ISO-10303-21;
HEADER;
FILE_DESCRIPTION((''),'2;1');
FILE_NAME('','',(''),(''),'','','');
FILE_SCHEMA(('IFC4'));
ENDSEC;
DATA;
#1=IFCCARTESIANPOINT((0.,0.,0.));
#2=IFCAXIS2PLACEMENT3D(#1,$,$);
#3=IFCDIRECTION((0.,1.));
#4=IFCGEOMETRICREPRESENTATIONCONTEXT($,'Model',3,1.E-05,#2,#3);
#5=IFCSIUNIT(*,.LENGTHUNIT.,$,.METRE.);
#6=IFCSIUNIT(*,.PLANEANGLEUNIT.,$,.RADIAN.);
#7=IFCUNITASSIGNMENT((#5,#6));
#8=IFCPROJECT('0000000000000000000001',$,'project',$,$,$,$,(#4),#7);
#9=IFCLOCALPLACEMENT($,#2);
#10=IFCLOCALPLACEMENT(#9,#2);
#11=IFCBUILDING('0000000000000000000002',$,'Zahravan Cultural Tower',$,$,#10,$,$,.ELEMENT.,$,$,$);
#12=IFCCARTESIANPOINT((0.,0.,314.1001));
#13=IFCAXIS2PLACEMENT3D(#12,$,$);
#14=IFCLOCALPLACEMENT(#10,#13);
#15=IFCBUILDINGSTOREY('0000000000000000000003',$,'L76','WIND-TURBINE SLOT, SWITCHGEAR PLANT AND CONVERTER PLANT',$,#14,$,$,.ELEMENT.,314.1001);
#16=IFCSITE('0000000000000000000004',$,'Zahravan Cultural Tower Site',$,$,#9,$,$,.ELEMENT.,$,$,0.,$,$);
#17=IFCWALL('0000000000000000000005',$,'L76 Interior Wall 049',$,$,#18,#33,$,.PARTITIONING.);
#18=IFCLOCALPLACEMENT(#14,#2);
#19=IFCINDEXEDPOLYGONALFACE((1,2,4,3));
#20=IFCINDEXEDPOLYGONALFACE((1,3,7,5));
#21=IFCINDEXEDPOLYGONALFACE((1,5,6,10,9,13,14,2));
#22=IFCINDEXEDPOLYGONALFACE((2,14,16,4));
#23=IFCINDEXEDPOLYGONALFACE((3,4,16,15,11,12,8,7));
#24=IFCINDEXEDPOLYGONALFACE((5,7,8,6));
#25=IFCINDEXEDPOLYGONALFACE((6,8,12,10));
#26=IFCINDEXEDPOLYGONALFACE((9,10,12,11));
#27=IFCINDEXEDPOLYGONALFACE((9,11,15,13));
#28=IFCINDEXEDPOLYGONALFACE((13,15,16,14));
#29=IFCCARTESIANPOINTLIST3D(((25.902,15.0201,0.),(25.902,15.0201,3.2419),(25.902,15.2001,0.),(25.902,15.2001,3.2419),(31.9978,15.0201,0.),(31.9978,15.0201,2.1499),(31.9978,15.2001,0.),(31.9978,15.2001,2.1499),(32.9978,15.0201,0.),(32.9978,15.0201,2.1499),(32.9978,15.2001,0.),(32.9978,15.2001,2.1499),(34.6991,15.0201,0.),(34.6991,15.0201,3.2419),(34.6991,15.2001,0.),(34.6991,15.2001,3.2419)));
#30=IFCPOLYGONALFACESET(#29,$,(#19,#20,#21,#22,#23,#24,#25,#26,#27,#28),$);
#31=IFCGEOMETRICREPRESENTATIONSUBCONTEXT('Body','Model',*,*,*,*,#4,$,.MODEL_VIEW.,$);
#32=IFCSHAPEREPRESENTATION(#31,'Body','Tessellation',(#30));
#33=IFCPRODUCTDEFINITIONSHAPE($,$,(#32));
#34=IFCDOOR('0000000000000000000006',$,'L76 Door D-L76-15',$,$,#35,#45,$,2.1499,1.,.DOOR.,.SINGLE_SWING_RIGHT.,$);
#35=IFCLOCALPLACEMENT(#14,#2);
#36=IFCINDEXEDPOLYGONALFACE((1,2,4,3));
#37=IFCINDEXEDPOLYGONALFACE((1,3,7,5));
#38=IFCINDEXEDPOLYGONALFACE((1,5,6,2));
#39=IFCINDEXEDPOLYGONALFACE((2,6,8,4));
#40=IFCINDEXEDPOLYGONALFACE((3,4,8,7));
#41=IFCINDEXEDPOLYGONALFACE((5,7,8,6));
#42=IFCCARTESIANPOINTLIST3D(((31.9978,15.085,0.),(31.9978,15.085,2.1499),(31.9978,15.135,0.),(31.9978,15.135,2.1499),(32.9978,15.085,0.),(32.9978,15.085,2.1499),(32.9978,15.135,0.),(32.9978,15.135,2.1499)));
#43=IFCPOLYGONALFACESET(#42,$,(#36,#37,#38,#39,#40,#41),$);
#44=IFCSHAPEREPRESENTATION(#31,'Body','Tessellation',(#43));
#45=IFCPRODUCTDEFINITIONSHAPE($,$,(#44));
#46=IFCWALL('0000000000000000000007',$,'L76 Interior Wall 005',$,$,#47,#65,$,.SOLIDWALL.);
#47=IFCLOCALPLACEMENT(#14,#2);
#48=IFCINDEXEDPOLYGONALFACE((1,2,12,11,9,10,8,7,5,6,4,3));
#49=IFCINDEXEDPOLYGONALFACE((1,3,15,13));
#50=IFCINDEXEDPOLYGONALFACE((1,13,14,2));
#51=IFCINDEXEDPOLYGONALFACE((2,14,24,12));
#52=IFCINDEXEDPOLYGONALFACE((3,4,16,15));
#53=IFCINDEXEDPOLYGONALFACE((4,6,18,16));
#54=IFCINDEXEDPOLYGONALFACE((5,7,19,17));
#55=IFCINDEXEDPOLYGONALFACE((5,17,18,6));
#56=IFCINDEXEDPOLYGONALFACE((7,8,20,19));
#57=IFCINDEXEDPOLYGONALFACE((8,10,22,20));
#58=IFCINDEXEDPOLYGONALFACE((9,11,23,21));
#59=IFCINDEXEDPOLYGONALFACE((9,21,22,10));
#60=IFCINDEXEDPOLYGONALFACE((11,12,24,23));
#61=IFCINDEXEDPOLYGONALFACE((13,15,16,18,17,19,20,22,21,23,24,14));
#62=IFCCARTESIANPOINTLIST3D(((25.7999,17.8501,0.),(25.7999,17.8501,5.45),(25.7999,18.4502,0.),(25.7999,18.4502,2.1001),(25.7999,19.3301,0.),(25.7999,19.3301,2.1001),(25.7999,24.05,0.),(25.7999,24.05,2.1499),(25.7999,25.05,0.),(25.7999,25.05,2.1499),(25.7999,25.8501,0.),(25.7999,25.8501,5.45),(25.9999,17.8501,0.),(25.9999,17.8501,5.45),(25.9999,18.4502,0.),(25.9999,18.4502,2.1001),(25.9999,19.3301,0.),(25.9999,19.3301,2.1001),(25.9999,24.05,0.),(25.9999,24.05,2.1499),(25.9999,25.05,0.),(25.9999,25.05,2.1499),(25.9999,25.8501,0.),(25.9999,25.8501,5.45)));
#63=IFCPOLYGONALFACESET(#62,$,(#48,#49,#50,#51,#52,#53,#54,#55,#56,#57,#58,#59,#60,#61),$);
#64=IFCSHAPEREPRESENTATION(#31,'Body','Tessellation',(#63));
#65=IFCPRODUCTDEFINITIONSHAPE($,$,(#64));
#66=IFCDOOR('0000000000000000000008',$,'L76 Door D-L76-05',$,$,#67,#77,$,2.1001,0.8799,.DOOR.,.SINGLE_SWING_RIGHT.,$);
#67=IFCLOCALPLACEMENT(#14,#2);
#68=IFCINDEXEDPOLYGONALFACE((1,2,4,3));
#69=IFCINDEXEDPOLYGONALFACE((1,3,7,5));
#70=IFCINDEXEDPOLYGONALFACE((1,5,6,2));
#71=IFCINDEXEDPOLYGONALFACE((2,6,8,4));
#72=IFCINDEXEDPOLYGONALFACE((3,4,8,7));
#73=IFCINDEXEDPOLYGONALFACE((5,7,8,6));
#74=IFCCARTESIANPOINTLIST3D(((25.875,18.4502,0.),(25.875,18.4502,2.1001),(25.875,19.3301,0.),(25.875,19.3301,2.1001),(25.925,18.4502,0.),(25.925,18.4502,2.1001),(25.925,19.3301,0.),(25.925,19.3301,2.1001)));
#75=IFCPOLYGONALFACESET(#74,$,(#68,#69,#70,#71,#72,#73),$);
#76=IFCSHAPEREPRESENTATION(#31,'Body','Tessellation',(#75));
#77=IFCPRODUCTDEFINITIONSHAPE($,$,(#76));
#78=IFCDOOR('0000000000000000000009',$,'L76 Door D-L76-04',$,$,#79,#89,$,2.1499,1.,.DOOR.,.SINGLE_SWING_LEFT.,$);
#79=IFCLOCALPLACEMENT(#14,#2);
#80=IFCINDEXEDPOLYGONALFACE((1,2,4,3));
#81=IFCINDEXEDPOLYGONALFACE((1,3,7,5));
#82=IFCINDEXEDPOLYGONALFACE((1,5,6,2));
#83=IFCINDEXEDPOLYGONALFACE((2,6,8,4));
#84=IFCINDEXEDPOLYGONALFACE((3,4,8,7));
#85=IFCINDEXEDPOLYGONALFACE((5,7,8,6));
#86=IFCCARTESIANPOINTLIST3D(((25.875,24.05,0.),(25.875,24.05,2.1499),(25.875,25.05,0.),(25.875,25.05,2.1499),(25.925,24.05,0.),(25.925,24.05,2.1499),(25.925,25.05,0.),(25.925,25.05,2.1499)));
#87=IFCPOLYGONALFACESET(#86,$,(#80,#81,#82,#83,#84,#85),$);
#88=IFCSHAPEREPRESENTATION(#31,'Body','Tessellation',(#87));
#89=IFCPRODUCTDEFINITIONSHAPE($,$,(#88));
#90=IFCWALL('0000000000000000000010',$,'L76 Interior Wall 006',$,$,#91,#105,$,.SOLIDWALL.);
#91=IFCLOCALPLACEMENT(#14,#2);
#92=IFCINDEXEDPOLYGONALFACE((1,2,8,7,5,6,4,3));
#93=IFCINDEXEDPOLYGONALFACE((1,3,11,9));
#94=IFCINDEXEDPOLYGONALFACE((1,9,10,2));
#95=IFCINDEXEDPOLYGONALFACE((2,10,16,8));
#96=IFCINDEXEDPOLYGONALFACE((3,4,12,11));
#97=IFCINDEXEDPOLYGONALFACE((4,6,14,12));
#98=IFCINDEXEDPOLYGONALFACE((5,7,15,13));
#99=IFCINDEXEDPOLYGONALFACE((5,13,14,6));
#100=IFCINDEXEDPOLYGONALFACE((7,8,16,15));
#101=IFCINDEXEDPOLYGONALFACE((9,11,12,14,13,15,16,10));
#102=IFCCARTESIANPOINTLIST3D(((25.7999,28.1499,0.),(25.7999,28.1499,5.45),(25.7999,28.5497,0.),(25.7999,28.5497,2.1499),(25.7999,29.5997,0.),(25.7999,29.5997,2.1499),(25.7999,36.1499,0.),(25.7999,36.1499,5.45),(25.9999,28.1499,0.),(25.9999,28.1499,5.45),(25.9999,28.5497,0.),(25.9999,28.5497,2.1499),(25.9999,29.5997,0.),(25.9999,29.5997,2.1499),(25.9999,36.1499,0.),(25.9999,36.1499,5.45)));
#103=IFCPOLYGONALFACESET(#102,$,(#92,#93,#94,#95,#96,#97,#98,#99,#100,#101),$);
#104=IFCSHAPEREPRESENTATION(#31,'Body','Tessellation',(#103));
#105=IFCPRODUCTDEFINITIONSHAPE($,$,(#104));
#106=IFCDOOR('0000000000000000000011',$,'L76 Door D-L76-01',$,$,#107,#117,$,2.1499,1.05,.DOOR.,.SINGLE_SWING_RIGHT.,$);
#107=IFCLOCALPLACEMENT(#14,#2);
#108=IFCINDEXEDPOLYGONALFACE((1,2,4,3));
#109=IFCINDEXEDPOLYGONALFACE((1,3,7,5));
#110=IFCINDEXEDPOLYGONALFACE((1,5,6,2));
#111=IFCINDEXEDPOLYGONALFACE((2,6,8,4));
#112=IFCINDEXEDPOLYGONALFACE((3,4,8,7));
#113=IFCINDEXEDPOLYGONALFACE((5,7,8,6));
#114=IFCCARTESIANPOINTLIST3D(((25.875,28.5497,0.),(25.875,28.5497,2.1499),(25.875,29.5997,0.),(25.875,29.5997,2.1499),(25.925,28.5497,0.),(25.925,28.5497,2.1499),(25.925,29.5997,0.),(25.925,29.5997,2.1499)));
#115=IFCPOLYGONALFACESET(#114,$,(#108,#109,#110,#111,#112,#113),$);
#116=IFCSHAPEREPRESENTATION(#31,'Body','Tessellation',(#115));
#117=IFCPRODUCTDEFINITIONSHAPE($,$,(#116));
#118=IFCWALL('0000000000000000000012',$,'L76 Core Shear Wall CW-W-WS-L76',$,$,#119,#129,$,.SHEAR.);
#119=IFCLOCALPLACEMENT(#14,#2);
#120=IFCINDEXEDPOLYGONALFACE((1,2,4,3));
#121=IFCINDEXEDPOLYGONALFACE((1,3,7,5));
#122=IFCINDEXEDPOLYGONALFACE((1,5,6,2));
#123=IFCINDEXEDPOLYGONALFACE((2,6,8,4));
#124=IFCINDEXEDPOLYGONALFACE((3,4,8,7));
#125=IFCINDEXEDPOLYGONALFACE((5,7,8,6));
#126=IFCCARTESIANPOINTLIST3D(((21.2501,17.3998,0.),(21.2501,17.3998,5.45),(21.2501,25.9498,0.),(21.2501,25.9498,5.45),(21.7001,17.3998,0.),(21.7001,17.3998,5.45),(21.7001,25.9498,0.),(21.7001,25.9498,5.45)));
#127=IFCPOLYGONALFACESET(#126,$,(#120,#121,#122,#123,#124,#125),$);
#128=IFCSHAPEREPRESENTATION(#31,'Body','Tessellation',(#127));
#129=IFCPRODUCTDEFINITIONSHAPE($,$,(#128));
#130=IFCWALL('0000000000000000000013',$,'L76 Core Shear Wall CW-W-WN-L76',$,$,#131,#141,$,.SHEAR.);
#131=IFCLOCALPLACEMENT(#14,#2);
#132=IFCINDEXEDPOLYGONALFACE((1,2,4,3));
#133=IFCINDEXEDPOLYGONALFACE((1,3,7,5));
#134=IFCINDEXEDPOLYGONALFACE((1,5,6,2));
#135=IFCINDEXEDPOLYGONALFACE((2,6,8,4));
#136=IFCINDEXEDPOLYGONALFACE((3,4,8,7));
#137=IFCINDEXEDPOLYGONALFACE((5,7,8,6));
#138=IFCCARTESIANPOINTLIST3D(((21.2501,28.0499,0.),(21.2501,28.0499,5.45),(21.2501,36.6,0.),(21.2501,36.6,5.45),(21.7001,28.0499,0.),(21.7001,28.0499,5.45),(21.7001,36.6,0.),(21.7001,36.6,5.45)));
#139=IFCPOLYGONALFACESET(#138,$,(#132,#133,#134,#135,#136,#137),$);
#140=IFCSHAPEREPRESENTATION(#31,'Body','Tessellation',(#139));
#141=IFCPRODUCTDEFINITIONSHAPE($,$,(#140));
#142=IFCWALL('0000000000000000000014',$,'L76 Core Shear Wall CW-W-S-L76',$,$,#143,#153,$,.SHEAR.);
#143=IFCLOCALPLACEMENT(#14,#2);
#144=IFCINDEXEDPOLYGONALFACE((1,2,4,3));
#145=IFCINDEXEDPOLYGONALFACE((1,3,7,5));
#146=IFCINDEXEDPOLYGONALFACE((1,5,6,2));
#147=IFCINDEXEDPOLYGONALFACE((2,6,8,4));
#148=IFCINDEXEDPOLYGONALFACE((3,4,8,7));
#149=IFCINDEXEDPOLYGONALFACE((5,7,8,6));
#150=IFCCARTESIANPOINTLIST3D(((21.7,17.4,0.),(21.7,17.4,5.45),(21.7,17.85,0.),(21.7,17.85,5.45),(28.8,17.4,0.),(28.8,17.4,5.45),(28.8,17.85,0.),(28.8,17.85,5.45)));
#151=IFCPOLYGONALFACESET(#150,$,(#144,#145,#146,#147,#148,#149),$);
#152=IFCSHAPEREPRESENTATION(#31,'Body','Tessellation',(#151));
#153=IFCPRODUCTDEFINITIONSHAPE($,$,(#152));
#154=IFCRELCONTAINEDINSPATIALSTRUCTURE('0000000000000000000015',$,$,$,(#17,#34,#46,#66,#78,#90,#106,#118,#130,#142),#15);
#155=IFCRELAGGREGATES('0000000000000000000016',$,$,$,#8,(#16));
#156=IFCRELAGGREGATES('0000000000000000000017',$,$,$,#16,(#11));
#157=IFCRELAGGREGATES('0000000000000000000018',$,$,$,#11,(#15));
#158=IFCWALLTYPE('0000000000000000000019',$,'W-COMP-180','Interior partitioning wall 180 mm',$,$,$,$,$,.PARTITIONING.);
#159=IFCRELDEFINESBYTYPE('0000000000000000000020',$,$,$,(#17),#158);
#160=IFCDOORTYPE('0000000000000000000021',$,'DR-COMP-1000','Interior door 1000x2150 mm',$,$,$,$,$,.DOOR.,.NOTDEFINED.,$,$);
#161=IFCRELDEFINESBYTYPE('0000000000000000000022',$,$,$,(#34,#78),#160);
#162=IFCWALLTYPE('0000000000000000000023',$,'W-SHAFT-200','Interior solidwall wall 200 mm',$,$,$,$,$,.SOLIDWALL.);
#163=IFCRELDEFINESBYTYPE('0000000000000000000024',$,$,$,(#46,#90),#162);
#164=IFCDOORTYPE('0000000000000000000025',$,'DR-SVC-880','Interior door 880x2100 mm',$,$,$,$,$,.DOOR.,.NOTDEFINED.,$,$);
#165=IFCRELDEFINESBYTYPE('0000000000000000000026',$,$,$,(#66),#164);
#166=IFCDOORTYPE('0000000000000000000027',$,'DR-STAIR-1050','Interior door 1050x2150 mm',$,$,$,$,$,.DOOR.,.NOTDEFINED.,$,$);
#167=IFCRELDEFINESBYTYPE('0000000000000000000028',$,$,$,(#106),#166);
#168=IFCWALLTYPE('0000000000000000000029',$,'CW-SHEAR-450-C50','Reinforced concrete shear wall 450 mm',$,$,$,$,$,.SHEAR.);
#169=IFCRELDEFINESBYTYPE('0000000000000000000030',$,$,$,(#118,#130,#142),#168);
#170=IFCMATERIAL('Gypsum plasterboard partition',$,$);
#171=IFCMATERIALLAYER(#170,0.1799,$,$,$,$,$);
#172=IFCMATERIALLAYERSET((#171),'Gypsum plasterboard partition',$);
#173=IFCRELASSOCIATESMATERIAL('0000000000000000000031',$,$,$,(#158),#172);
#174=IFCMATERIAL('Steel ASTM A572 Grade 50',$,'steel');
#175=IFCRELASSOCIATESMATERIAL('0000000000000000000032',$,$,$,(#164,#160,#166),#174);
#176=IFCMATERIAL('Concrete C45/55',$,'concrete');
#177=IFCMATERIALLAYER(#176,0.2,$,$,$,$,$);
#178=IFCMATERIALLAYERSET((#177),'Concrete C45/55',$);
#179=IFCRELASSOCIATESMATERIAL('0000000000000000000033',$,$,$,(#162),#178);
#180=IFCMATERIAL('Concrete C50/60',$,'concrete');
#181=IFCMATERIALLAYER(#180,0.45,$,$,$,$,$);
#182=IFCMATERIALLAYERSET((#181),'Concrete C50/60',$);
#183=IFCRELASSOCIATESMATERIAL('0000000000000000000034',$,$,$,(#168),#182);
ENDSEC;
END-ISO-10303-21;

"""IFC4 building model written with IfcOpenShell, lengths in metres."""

from ifc_helpers import new_model, si_unit, direction, frame, frame_2d, origin, place, context, subcontext, project, spatial, rectangle, extrude, source, transform, mapped, material, layer, layer_set, type_object, element, fill, save


model = new_model("IFC4")

# Units and contexts
model_context = context("Model", 3, precision=1e-05, world=origin(), true_north=direction((0.0, 1.0)))
body_context = subcontext(model_context, "Body", "Model", "MODEL_VIEW")
ifc_project = project(units=[si_unit("LENGTHUNIT", "METRE"), si_unit("PLANEANGLEUNIT", "RADIAN")], contexts=[model_context])

# Site, building, storey
site_placement = place(None, origin())
site = spatial("IfcSite", under=ifc_project, at=site_placement, Name="Zahravan Cultural Tower Site", CompositionType="ELEMENT", RefElevation=0.0)
building_placement = place(site_placement, origin())
building = spatial("IfcBuilding", under=site, at=building_placement, Name="Zahravan Cultural Tower", CompositionType="ELEMENT")
storey_placement = place(building_placement, frame((0.0, 0.0, 314.1001)))
storey = spatial("IfcBuildingStorey", under=building, at=storey_placement, Name="L76", Description="WIND-TURBINE SLOT, SWITCHGEAR PLANT AND CONVERTER PLANT", CompositionType="ELEMENT", Elevation=314.1001)

# Shared definitions
ifc_material_1 = material(Name="Concrete C50/60", Category="concrete")

# Shared definitions
ifc_material_2 = material(Name="Steel ASTM A572 Grade 50", Category="steel")

# Shared definitions
ifc_material_3 = material(Name="Concrete C45/55", Category="concrete")

# Wall, opening, door
ifc_material_4 = material(Name="Gypsum plasterboard partition")
ifc_layer_1 = layer(ifc_material_4, 0.1799)
ifc_layer_set_1 = layer_set([ifc_layer_1], Name="Gypsum plasterboard partition")
wall_type_1 = type_object("IfcWallType", Name="W-COMP-180", Description="Interior partitioning wall 180 mm", PredefinedType="PARTITIONING", material=ifc_layer_set_1)
door_type_1 = type_object("IfcDoorType", Name="DR-SVC-880", Description="Interior door 880x2100 mm", OperationType="NOTDEFINED", PredefinedType="DOOR", material=ifc_material_2)
shared_shape_1 = source(origin(), body_context, "Body", "SweptSolid", [
    extrude(rectangle(XDim=0.8799, YDim=2.1001, at=frame_2d((0.4399, 1.05))), frame((0.0, 0.0249, 0.0), z_axis=(0.0, -1.0, 0.0), x_axis=(1.0, 0.0, 0.0)), (0.0, 0.0, 1.0), 0.05),
])
wall_1_placement = place(storey_placement, frame((25.9021, 15.1101, 0.0), z_axis=(0.0, 0.0, 1.0), x_axis=(1.0, 0.0, 0.0)))
wall_1 = element("IfcWall", 1, at=wall_1_placement, inside=storey, type_object=wall_type_1, Name="L76 Interior Wall 049", PredefinedType="PARTITIONING", context=body_context, shape_type="SweptSolid", body=[
    extrude(rectangle(XDim=8.7971, YDim=0.1799, at=frame_2d((4.3984, 0.0))), origin(), (0.0, 0.0, 1.0), 3.2419),
])
opening_1_placement = place(wall_1_placement, frame((6.0957, 0.0, 0.0)))
opening_1 = element("IfcOpeningElement", 2, at=opening_1_placement, cuts=wall_1, PredefinedType="OPENING", context=body_context, shape_type="SweptSolid", body=[
    extrude(rectangle(XDim=1.0, YDim=2.1499, at=frame_2d((0.5, 1.075))), frame((0.0, 0.0999, 0.0), z_axis=(0.0, -1.0, 0.0), x_axis=(1.0, 0.0, 0.0)), (0.0, 0.0, 1.0), 0.2),
])
door_type_2 = type_object("IfcDoorType", Name="DR-COMP-1000", Description="Interior door 1000x2150 mm", OperationType="NOTDEFINED", PredefinedType="DOOR", material=ifc_material_2)
shared_shape_2 = source(origin(), body_context, "Body", "SweptSolid", [
    extrude(rectangle(XDim=1.0, YDim=2.1499, at=frame_2d((0.5, 1.075))), frame((0.0, 0.0249, 0.0), z_axis=(0.0, -1.0, 0.0), x_axis=(1.0, 0.0, 0.0)), (0.0, 0.0, 1.0), 0.05),
])
door_1_placement = place(opening_1_placement, origin())
door_1 = element("IfcDoor", 3, at=door_1_placement, inside=storey, type_object=door_type_2, Name="L76 Door D-L76-15", OperationType="SINGLE_SWING_RIGHT", OverallHeight=2.1499, OverallWidth=1.0, PredefinedType="DOOR", context=body_context, shape_type="MappedRepresentation", body=[
    mapped(shared_shape_2, transform((0.0, 0.0, 0.0), x_axis=(1.0, 0.0, 0.0), y_axis=(0.0, 1.0, 0.0), z_axis=(0.0, 0.0, 1.0), scale=1.0)),
])
fill(opening_1, door_1)

# Wall, openings, doors
ifc_layer_2 = layer(ifc_material_3, 0.2)
ifc_layer_set_2 = layer_set([ifc_layer_2], Name="Concrete C45/55")
wall_type_2 = type_object("IfcWallType", Name="W-SHAFT-200", Description="Interior solidwall wall 200 mm", PredefinedType="SOLIDWALL", material=ifc_layer_set_2)
wall_2_placement = place(storey_placement, frame((25.8999, 17.8501, 0.0), z_axis=(0.0, 0.0, 1.0), x_axis=(0.0, 1.0, 0.0)))
wall_2 = element("IfcWall", 4, at=wall_2_placement, inside=storey, type_object=wall_type_2, Name="L76 Interior Wall 005", PredefinedType="SOLIDWALL", context=body_context, shape_type="SweptSolid", body=[
    extrude(rectangle(XDim=8.0, YDim=0.2, at=frame_2d((4.0, 0.0))), origin(), (0.0, 0.0, 1.0), 5.45),
])
opening_2_placement = place(wall_2_placement, frame((6.2, 0.0, 0.0)))
opening_2 = element("IfcOpeningElement", 5, at=opening_2_placement, cuts=wall_2, PredefinedType="OPENING", context=body_context, shape_type="SweptSolid", body=[
    extrude(rectangle(XDim=1.0, YDim=2.1499, at=frame_2d((0.5, 1.075))), frame((0.0, 0.1099, 0.0), z_axis=(0.0, -1.0, 0.0), x_axis=(1.0, 0.0, 0.0)), (0.0, 0.0, 1.0), 0.22),
])
opening_3_placement = place(wall_2_placement, frame((0.6001, 0.0, 0.0)))
opening_3 = element("IfcOpeningElement", 6, at=opening_3_placement, cuts=wall_2, PredefinedType="OPENING", context=body_context, shape_type="SweptSolid", body=[
    extrude(rectangle(XDim=0.8799, YDim=2.1001, at=frame_2d((0.4399, 1.05))), frame((0.0, 0.1099, 0.0), z_axis=(0.0, -1.0, 0.0), x_axis=(1.0, 0.0, 0.0)), (0.0, 0.0, 1.0), 0.22),
])
door_2_placement = place(opening_3_placement, origin())
door_2 = element("IfcDoor", 7, at=door_2_placement, inside=storey, type_object=door_type_1, Name="L76 Door D-L76-05", OperationType="SINGLE_SWING_RIGHT", OverallHeight=2.1001, OverallWidth=0.8799, PredefinedType="DOOR", context=body_context, shape_type="MappedRepresentation", body=[
    mapped(shared_shape_1, transform((0.0, 0.0, 0.0), x_axis=(1.0, 0.0, 0.0), y_axis=(0.0, 1.0, 0.0), z_axis=(0.0, 0.0, 1.0), scale=1.0)),
])
fill(opening_3, door_2)
door_3_placement = place(opening_2_placement, origin())
door_3 = element("IfcDoor", 8, at=door_3_placement, inside=storey, type_object=door_type_2, Name="L76 Door D-L76-04", OperationType="SINGLE_SWING_LEFT", OverallHeight=2.1499, OverallWidth=1.0, PredefinedType="DOOR", context=body_context, shape_type="MappedRepresentation", body=[
    mapped(shared_shape_2, transform((0.0, 0.0, 0.0), x_axis=(1.0, 0.0, 0.0), y_axis=(0.0, 1.0, 0.0), z_axis=(0.0, 0.0, 1.0), scale=1.0)),
])
fill(opening_2, door_3)

# Wall, opening, door
wall_3_placement = place(storey_placement, frame((25.8999, 28.1499, 0.0), z_axis=(0.0, 0.0, 1.0), x_axis=(0.0, 1.0, 0.0)))
wall_3 = element("IfcWall", 9, at=wall_3_placement, inside=storey, type_object=wall_type_2, Name="L76 Interior Wall 006", PredefinedType="SOLIDWALL", context=body_context, shape_type="SweptSolid", body=[
    extrude(rectangle(XDim=8.0, YDim=0.2, at=frame_2d((4.0, 0.0))), origin(), (0.0, 0.0, 1.0), 5.45),
])
opening_4_placement = place(wall_3_placement, frame((0.3999, 0.0, 0.0)))
opening_4 = element("IfcOpeningElement", 10, at=opening_4_placement, cuts=wall_3, PredefinedType="OPENING", context=body_context, shape_type="SweptSolid", body=[
    extrude(rectangle(XDim=1.05, YDim=2.1499, at=frame_2d((0.5249, 1.075))), frame((0.0, 0.1099, 0.0), z_axis=(0.0, -1.0, 0.0), x_axis=(1.0, 0.0, 0.0)), (0.0, 0.0, 1.0), 0.22),
])
door_type_3 = type_object("IfcDoorType", Name="DR-STAIR-1050", Description="Interior door 1050x2150 mm", OperationType="NOTDEFINED", PredefinedType="DOOR", material=ifc_material_2)
shared_shape_3 = source(origin(), body_context, "Body", "SweptSolid", [
    extrude(rectangle(XDim=1.05, YDim=2.1499, at=frame_2d((0.5249, 1.075))), frame((0.0, 0.0249, 0.0), z_axis=(0.0, -1.0, 0.0), x_axis=(1.0, 0.0, 0.0)), (0.0, 0.0, 1.0), 0.05),
])
door_4_placement = place(opening_4_placement, origin())
door_4 = element("IfcDoor", 11, at=door_4_placement, inside=storey, type_object=door_type_3, Name="L76 Door D-L76-01", OperationType="SINGLE_SWING_RIGHT", OverallHeight=2.1499, OverallWidth=1.05, PredefinedType="DOOR", context=body_context, shape_type="MappedRepresentation", body=[
    mapped(shared_shape_3, transform((0.0, 0.0, 0.0), x_axis=(1.0, 0.0, 0.0), y_axis=(0.0, 1.0, 0.0), z_axis=(0.0, 0.0, 1.0), scale=1.0)),
])
fill(opening_4, door_4)

# Walls
ifc_layer_3 = layer(ifc_material_1, 0.45)
ifc_layer_set_3 = layer_set([ifc_layer_3], Name="Concrete C50/60")
wall_type_3 = type_object("IfcWallType", Name="CW-SHEAR-450-C50", Description="Reinforced concrete shear wall 450 mm", PredefinedType="SHEAR", material=ifc_layer_set_3)
shared_shape_4 = source(origin(), body_context, "Body", "SweptSolid", [
    extrude(rectangle(XDim=8.55, YDim=0.45, at=frame_2d((4.2749, 0.0))), origin(), (0.0, 0.0, 1.0), 5.45),
])
for number, where, z_axis, x_axis, name in (
    (12, (21.4751, 17.3999, 0.0), (0.0, 0.0, 1.0), (0.0, 1.0, 0.0), "L76 Core Shear Wall CW-W-WS-L76"),
    (13, (21.4751, 28.05, 0.0), (0.0, 0.0, 1.0), (0.0, 1.0, 0.0), "L76 Core Shear Wall CW-W-WN-L76"),
):
    element("IfcWall", number, at=place(storey_placement, frame(where, z_axis=z_axis, x_axis=x_axis)), inside=storey, type_object=wall_type_3, Name=name, PredefinedType="SHEAR", context=body_context, shape_type="MappedRepresentation", body=[
        mapped(shared_shape_4, transform((0.0, 0.0, 0.0), x_axis=(1.0, 0.0, 0.0), y_axis=(0.0, 1.0, 0.0), z_axis=(0.0, 0.0, 1.0), scale=1.0)),
    ])
shared_shape_5 = source(origin(), body_context, "Body", "SweptSolid", [
    extrude(rectangle(XDim=7.1001, YDim=0.45, at=frame_2d((3.55, 0.0))), origin(), (0.0, 0.0, 1.0), 5.45),
])
wall_4_placement = place(storey_placement, frame((21.7, 17.625, 0.0), z_axis=(0.0, 0.0, 1.0), x_axis=(1.0, 0.0, 0.0)))
element("IfcWall", 14, at=wall_4_placement, inside=storey, type_object=wall_type_3, Name="L76 Core Shear Wall CW-W-S-L76", PredefinedType="SHEAR", context=body_context, shape_type="MappedRepresentation", body=[
    mapped(shared_shape_5, transform((0.0, 0.0, 0.0), x_axis=(1.0, 0.0, 0.0), y_axis=(0.0, 1.0, 0.0), z_axis=(0.0, 0.0, 1.0), scale=1.0)),
])

save(model, "model.ifc")
